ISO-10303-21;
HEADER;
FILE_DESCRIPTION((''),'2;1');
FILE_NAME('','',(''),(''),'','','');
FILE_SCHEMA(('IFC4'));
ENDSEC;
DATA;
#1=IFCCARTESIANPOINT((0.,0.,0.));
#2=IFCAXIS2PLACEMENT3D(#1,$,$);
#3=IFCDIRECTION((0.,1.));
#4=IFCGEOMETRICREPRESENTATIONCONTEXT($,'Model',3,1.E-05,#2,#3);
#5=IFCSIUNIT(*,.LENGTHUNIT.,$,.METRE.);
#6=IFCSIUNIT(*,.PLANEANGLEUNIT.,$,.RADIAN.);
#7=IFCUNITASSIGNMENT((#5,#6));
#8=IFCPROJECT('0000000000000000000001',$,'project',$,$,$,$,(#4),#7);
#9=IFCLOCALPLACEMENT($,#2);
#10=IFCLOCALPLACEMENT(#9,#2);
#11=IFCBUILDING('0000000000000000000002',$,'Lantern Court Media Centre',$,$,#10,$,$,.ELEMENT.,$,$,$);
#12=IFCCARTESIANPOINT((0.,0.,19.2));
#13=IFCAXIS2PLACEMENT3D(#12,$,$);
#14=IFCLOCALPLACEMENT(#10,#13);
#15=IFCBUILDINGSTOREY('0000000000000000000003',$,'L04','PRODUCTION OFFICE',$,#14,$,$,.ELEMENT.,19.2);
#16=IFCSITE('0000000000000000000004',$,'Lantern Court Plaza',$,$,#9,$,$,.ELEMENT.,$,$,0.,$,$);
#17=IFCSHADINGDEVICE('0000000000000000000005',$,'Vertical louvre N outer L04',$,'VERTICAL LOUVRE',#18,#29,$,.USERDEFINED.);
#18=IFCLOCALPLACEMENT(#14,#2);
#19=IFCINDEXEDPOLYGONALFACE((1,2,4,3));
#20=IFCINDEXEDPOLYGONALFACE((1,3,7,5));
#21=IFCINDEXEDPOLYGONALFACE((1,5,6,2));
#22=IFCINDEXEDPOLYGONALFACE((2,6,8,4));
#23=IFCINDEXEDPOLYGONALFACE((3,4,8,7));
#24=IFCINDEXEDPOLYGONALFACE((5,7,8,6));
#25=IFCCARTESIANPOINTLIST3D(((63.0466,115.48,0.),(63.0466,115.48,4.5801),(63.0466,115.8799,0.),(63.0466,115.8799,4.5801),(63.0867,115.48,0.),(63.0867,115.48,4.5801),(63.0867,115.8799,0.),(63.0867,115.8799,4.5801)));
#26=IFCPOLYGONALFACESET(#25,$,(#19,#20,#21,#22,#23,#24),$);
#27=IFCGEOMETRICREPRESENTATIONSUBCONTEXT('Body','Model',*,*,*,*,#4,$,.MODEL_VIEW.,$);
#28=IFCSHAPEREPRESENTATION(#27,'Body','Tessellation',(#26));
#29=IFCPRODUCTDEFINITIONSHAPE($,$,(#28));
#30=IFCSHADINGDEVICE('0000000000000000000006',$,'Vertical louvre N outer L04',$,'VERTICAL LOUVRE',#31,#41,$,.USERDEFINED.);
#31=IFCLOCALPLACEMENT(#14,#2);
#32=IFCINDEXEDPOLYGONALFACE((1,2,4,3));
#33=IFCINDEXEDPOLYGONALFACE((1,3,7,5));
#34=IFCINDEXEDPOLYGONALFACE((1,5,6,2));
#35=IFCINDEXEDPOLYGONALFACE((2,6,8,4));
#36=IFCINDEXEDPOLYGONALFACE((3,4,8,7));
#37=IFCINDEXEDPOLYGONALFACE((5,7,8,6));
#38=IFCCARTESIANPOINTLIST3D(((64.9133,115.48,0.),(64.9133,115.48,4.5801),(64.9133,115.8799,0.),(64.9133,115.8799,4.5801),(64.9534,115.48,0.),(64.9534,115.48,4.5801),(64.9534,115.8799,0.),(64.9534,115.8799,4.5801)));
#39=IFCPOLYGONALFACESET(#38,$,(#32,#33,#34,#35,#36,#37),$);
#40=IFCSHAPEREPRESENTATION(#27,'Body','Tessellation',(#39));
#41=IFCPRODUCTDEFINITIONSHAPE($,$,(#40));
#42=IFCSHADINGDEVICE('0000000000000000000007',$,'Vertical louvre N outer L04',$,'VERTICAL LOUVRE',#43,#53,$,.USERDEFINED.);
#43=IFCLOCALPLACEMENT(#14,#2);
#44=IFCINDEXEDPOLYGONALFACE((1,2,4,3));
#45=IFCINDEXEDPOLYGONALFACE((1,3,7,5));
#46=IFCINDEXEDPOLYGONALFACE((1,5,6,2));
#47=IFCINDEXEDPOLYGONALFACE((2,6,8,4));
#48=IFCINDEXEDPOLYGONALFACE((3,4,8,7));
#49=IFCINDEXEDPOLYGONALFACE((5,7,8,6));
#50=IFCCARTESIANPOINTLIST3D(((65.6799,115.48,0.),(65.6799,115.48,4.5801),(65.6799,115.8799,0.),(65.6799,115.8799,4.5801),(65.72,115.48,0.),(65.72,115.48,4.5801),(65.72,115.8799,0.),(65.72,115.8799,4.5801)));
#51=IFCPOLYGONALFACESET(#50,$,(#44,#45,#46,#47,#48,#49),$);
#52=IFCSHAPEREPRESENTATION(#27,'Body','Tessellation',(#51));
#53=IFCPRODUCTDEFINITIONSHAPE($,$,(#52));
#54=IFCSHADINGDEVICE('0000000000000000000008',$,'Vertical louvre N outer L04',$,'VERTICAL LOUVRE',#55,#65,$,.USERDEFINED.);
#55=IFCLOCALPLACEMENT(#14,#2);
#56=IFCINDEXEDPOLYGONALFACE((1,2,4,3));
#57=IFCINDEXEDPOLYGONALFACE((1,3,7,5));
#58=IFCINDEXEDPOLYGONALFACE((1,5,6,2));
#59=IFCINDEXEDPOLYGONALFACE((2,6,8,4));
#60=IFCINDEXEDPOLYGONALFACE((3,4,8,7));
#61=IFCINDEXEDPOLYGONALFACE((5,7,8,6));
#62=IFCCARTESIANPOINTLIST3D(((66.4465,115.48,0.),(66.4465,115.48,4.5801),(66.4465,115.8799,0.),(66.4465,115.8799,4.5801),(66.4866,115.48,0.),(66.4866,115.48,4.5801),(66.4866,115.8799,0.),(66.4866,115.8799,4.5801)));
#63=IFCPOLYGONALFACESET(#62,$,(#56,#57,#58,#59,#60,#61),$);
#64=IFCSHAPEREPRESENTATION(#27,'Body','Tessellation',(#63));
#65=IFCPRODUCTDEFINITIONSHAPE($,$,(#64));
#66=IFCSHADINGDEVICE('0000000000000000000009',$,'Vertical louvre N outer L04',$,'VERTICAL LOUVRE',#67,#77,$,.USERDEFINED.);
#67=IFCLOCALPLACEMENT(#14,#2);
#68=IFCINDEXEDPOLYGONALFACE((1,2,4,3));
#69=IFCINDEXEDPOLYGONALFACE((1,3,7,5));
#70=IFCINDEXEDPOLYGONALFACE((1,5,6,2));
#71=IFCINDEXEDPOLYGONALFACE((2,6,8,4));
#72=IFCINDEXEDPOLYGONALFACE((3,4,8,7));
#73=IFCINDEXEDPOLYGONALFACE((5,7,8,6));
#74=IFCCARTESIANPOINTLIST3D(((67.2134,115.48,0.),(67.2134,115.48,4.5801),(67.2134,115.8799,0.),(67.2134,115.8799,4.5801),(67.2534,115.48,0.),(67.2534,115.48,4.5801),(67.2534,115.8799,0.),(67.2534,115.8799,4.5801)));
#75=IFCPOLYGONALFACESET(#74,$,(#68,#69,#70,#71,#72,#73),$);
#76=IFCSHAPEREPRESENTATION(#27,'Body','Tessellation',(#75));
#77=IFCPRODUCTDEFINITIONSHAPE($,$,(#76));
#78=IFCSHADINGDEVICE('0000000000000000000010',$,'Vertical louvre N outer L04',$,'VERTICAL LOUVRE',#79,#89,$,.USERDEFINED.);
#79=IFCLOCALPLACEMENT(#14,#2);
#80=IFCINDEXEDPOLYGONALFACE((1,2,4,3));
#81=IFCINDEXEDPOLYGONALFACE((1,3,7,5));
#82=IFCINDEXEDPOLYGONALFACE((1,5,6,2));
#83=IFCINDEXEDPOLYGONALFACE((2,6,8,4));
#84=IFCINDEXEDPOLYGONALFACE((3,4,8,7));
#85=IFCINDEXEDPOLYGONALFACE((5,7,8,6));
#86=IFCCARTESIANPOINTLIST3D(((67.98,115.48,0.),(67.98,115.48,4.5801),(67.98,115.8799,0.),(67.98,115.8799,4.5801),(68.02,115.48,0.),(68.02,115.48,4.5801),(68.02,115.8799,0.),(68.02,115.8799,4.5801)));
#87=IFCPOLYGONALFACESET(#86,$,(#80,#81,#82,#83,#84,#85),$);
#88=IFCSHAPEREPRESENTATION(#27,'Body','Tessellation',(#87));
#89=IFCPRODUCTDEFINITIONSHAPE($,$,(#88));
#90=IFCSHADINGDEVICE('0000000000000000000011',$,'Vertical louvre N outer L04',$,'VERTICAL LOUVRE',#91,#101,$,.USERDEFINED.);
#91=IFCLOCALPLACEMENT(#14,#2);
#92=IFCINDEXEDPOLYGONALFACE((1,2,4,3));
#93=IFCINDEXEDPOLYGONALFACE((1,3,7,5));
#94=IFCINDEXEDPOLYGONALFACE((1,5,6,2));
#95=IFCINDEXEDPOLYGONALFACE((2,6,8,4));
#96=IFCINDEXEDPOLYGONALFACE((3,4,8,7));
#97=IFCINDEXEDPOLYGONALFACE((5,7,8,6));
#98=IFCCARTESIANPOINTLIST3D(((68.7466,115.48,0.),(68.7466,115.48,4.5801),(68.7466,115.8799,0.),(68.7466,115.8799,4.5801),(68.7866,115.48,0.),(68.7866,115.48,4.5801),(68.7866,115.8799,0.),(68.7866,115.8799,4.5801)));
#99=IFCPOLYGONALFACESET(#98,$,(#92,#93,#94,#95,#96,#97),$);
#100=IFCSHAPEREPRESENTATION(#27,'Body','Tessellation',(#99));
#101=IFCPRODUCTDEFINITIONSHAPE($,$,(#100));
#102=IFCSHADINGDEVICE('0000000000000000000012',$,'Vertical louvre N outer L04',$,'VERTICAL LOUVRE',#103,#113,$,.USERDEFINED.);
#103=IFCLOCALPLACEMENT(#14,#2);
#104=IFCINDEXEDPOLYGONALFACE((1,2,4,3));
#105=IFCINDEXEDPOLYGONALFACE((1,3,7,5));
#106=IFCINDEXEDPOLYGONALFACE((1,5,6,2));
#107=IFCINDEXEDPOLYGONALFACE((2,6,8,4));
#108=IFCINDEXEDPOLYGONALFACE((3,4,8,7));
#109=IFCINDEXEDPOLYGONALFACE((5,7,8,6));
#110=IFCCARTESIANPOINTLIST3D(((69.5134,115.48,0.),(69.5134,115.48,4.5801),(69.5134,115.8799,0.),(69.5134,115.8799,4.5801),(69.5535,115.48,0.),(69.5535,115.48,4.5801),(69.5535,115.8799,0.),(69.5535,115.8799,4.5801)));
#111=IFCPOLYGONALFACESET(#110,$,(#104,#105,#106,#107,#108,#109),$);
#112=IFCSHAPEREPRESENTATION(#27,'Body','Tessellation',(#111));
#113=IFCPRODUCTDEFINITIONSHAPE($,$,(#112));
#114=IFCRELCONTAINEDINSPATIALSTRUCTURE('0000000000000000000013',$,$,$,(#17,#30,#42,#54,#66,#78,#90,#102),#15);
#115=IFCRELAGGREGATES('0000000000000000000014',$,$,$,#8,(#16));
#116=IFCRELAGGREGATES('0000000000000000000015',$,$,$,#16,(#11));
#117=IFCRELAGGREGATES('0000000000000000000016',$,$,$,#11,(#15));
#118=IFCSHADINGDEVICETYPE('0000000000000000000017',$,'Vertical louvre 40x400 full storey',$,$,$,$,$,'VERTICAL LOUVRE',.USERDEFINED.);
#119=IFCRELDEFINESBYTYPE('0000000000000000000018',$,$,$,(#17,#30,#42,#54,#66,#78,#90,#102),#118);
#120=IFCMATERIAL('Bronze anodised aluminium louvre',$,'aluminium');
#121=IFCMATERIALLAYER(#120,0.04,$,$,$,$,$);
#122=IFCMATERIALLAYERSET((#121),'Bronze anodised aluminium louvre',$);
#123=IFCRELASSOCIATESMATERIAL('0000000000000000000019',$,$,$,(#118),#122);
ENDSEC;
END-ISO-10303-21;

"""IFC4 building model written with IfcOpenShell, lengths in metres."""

from ifc_helpers import new_model, si_unit, direction, frame, origin, origin_2d, place, context, subcontext, project, spatial, rectangle, extrude, material, layer, layer_set, type_object, element, save


model = new_model("IFC4")

# Units and contexts
model_context = context("Model", 3, precision=1e-05, world=origin(), true_north=direction((0.0, 1.0)))
body_context = subcontext(model_context, "Body", "Model", "MODEL_VIEW")
ifc_project = project(units=[si_unit("LENGTHUNIT", "METRE"), si_unit("PLANEANGLEUNIT", "RADIAN")], contexts=[model_context])

# Site, building, storey
site_placement = place(None, origin())
site = spatial("IfcSite", under=ifc_project, at=site_placement, Name="Lantern Court Plaza", CompositionType="ELEMENT", RefElevation=0.0)
building_placement = place(site_placement, origin())
building = spatial("IfcBuilding", under=site, at=building_placement, Name="Lantern Court Media Centre", CompositionType="ELEMENT")
storey_placement = place(building_placement, frame((0.0, 0.0, 19.2)))
storey = spatial("IfcBuildingStorey", under=building, at=storey_placement, Name="L04", Description="PRODUCTION OFFICE", CompositionType="ELEMENT", Elevation=19.2)

# Shading devices
ifc_material_1 = material(Name="Bronze anodised aluminium louvre", Category="aluminium")
ifc_layer_1 = layer(ifc_material_1, 0.04)
ifc_layer_set_1 = layer_set([ifc_layer_1], Name="Bronze anodised aluminium louvre")
shading_device_type = type_object("IfcShadingDeviceType", Name="Vertical louvre 40x400 full storey", ElementType="VERTICAL LOUVRE", PredefinedType="USERDEFINED", material=ifc_layer_set_1)
for number, where, z_axis, x_axis, name in (
    (1, (63.0667, 115.6799, 0.0), (0.0, 0.0, 1.0), (1.0, 0.0, 0.0), "Vertical louvre N outer L04"),
    (2, (64.9333, 115.6799, 0.0), (0.0, 0.0, 1.0), (1.0, 0.0, 0.0), "Vertical louvre N outer L04"),
    (3, (65.7, 115.6799, 0.0), (0.0, 0.0, 1.0), (1.0, 0.0, 0.0), "Vertical louvre N outer L04"),
    (4, (66.4666, 115.6799, 0.0), (0.0, 0.0, 1.0), (1.0, 0.0, 0.0), "Vertical louvre N outer L04"),
    (5, (67.2334, 115.6799, 0.0), (0.0, 0.0, 1.0), (1.0, 0.0, 0.0), "Vertical louvre N outer L04"),
    (6, (68.0, 115.6799, 0.0), (0.0, 0.0, 1.0), (1.0, 0.0, 0.0), "Vertical louvre N outer L04"),
    (7, (68.7666, 115.6799, 0.0), (0.0, 0.0, 1.0), (1.0, 0.0, 0.0), "Vertical louvre N outer L04"),
    (8, (69.5334, 115.6799, 0.0), (0.0, 0.0, 1.0), (1.0, 0.0, 0.0), "Vertical louvre N outer L04"),
):
    element("IfcShadingDevice", number, at=place(storey_placement, frame(where, z_axis=z_axis, x_axis=x_axis)), inside=storey, type_object=shading_device_type, Name=name, ObjectType="VERTICAL LOUVRE", PredefinedType="USERDEFINED", context=body_context, shape_type="SweptSolid", body=[
        extrude(rectangle(XDim=0.04, YDim=0.3999, at=origin_2d()), origin(), (0.0, 0.0, 1.0), 4.5801),
    ])

save(model, "model.ifc")
